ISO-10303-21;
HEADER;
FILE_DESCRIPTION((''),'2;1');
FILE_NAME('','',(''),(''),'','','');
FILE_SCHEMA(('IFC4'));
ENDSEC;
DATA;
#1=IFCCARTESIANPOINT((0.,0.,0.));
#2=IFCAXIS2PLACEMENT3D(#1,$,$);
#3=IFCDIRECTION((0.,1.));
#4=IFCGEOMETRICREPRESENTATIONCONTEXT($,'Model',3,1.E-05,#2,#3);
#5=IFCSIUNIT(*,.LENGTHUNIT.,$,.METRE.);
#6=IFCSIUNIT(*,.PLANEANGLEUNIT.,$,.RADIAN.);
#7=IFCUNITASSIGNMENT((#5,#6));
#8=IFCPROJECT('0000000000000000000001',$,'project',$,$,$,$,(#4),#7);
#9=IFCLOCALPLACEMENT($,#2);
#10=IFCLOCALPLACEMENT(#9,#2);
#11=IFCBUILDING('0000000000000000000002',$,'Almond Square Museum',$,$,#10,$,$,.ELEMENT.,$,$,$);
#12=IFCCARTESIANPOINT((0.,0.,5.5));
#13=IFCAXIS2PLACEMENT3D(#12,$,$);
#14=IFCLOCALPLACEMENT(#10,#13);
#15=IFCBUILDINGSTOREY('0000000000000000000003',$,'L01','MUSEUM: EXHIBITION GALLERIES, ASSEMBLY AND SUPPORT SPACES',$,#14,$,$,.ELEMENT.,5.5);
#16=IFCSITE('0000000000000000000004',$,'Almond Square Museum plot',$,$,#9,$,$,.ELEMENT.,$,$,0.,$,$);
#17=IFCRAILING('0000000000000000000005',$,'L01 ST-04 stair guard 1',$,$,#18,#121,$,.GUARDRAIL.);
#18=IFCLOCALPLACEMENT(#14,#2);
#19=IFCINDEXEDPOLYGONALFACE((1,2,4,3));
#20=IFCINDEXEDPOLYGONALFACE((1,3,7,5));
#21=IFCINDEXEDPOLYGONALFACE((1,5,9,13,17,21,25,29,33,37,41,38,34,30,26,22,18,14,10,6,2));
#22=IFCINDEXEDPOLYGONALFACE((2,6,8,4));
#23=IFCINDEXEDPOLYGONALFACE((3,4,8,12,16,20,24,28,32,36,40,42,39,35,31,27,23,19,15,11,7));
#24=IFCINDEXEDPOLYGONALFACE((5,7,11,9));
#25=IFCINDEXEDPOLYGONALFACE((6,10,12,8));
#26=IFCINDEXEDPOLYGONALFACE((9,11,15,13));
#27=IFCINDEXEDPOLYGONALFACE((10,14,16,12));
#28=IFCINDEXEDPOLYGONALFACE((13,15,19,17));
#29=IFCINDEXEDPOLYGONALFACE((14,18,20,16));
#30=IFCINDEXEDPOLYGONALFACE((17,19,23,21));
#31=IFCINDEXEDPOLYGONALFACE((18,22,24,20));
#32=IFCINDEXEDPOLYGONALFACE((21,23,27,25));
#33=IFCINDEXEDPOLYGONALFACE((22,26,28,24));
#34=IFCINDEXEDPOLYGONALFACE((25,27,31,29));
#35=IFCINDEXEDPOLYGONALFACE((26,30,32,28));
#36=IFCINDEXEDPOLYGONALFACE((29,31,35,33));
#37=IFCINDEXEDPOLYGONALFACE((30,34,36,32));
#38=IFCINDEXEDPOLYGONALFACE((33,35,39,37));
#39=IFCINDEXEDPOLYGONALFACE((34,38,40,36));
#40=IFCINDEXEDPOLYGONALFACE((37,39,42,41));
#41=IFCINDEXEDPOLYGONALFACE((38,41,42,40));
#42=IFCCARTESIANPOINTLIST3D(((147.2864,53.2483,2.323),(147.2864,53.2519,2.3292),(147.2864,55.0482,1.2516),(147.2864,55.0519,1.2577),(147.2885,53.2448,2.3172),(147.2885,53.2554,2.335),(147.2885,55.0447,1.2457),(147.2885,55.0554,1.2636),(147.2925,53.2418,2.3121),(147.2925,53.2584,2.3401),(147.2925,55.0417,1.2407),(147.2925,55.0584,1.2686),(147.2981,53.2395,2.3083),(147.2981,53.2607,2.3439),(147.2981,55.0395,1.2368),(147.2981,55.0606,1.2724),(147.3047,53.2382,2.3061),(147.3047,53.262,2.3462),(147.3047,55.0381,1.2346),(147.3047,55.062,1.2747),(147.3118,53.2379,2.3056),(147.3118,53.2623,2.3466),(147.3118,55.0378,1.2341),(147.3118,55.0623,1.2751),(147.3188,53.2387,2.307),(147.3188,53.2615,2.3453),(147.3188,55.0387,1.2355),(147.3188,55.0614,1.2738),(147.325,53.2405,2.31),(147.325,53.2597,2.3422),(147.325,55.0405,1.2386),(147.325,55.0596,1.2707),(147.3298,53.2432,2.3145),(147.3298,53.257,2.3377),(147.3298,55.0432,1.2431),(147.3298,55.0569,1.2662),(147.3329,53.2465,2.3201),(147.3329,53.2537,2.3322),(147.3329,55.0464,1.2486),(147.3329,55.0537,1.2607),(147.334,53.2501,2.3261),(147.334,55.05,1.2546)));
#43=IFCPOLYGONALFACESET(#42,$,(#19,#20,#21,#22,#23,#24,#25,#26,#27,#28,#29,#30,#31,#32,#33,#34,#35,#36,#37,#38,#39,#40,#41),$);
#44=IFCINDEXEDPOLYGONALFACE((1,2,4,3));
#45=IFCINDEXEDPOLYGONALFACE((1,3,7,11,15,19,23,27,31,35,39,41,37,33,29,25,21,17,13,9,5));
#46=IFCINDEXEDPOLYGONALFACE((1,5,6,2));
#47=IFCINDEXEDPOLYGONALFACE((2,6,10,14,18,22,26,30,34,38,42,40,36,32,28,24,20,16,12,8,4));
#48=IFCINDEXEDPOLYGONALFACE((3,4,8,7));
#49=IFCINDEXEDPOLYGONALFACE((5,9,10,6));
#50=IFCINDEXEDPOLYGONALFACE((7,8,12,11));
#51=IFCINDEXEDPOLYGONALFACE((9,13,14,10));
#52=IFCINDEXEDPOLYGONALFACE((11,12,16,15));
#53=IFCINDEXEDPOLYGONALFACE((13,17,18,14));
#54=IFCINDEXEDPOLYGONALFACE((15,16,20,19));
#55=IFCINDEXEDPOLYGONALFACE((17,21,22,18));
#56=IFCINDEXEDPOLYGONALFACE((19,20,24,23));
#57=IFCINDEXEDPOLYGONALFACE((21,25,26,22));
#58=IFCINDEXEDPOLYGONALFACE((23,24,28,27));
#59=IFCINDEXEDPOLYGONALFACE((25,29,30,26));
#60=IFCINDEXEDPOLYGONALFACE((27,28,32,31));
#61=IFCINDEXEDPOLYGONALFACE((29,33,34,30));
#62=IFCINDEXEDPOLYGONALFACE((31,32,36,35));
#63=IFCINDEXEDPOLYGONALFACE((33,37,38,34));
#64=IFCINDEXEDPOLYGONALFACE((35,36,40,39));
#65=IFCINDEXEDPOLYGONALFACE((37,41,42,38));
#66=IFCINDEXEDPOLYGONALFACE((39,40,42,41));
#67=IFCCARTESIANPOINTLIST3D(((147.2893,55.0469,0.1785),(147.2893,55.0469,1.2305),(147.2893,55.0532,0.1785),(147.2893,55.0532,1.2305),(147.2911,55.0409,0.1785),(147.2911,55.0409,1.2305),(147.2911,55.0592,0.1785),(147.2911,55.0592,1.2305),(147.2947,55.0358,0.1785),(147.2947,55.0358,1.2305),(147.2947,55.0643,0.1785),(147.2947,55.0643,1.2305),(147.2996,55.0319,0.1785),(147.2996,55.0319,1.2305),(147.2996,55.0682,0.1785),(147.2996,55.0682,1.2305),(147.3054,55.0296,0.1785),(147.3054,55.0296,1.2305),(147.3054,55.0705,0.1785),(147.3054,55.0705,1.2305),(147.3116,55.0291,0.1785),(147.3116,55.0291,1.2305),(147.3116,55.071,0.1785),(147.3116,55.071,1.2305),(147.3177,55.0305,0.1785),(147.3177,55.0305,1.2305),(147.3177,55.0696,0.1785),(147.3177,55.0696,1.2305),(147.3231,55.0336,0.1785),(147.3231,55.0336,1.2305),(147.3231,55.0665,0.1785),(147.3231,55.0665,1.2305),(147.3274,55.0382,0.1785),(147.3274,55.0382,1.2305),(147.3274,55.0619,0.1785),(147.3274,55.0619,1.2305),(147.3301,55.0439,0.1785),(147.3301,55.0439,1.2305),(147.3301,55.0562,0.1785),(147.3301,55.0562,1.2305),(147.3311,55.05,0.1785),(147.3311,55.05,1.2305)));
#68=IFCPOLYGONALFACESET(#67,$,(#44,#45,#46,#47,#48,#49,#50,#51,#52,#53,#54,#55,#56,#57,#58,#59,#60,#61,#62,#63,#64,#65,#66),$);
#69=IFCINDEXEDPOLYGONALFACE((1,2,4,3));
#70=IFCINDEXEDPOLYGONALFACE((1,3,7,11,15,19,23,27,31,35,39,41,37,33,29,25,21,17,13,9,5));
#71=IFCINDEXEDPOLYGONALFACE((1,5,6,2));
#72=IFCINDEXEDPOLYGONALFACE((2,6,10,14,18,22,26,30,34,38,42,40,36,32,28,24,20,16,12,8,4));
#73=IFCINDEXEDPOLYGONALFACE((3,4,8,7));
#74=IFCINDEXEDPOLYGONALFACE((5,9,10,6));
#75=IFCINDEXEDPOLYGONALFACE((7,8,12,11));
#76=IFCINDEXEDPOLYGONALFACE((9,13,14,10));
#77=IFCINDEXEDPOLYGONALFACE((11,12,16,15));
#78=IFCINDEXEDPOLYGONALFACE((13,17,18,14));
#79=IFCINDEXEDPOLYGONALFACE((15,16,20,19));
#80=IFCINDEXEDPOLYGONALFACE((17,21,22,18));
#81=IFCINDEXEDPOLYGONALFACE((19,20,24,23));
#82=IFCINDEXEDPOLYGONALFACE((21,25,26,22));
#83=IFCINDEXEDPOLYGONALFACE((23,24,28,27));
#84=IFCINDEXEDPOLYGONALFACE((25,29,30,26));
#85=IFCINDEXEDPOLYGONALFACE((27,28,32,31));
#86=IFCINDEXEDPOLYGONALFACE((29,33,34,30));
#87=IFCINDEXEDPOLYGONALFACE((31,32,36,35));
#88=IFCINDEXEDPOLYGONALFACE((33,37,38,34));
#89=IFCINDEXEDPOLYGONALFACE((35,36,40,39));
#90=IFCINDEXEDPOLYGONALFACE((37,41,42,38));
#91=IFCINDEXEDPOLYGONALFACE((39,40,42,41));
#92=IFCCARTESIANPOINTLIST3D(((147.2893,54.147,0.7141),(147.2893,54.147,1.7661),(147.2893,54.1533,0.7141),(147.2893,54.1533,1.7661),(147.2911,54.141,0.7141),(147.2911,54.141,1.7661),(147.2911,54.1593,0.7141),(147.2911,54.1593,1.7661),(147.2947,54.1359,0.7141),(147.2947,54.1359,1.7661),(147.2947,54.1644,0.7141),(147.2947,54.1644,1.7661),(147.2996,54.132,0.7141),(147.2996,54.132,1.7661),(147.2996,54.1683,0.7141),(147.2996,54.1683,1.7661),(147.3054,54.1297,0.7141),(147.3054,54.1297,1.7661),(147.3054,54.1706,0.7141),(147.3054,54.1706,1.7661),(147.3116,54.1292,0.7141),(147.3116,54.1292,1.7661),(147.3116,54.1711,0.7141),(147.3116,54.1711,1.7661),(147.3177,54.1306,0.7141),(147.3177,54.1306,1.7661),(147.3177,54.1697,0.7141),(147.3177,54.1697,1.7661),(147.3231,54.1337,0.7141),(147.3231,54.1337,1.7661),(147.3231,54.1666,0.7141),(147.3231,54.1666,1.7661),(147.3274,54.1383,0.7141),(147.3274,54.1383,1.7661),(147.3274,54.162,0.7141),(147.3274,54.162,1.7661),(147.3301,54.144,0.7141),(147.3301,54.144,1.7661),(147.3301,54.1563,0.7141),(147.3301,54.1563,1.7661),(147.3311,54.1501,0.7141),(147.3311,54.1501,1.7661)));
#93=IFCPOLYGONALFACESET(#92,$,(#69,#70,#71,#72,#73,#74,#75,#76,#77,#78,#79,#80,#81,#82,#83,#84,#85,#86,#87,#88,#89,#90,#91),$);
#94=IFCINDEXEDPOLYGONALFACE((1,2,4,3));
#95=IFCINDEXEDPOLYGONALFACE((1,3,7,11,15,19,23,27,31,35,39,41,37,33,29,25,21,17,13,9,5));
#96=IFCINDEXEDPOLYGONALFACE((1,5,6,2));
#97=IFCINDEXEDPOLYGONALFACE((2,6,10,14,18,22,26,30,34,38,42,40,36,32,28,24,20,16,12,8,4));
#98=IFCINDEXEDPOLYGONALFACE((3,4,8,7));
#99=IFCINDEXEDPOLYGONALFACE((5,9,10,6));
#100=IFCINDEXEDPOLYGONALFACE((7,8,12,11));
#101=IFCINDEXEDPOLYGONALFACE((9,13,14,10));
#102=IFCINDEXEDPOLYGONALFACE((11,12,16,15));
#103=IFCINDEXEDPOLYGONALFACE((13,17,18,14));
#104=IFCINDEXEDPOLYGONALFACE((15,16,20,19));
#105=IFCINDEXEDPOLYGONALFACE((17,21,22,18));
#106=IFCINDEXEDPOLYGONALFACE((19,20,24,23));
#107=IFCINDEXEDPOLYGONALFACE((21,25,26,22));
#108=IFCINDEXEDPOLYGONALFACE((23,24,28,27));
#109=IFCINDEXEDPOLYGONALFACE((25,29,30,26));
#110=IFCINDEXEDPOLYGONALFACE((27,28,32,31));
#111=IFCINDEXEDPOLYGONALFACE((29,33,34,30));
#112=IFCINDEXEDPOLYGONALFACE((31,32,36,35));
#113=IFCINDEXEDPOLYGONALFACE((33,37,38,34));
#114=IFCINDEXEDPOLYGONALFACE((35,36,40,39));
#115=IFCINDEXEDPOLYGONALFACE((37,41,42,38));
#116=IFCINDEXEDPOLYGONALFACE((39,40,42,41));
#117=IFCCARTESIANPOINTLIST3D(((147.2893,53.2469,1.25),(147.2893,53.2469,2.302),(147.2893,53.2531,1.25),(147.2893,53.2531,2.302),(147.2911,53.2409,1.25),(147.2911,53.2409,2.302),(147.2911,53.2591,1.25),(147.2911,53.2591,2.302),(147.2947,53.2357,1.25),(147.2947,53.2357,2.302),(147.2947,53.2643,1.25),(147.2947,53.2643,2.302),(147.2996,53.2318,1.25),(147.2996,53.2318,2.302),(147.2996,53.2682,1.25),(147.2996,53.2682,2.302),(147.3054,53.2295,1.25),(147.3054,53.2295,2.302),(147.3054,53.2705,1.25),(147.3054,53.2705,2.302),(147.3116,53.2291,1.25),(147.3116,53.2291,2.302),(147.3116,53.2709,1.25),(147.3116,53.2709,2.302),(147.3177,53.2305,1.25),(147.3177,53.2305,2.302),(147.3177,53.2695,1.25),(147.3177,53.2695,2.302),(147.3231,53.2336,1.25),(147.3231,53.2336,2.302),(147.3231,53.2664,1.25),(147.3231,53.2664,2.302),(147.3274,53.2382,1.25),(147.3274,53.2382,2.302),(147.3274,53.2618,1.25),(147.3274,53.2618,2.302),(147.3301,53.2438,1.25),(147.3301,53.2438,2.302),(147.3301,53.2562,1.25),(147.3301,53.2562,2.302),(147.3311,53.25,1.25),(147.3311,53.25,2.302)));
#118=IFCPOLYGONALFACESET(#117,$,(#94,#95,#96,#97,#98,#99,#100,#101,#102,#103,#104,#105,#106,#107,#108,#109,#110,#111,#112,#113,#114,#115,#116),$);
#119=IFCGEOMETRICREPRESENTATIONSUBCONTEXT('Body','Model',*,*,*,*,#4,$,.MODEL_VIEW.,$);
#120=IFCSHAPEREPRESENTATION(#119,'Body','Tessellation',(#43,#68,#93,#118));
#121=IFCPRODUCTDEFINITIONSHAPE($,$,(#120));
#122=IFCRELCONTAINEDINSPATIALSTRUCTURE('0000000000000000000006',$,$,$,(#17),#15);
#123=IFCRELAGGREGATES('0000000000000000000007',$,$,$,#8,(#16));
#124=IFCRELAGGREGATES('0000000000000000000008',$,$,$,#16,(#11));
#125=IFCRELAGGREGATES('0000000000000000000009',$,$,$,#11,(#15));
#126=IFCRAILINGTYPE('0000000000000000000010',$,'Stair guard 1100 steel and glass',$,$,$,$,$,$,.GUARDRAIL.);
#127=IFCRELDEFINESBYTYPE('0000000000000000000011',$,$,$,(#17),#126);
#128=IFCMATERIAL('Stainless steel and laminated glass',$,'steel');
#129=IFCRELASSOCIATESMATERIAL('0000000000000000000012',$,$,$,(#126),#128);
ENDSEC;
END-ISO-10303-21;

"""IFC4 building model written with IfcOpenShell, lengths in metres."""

from ifc_helpers import new_model, si_unit, direction, frame, origin, origin_2d, place, context, subcontext, project, spatial, circle, extrude, material, type_object, element, save


model = new_model("IFC4")

# Units and contexts
model_context = context("Model", 3, precision=1e-05, world=origin(), true_north=direction((0.0, 1.0)))
body_context = subcontext(model_context, "Body", "Model", "MODEL_VIEW")
ifc_project = project(units=[si_unit("LENGTHUNIT", "METRE"), si_unit("PLANEANGLEUNIT", "RADIAN")], contexts=[model_context])

# Site, building, storey
site_placement = place(None, origin())
site = spatial("IfcSite", under=ifc_project, at=site_placement, Name="Almond Square Museum plot", CompositionType="ELEMENT", RefElevation=0.0)
building_placement = place(site_placement, origin())
building = spatial("IfcBuilding", under=site, at=building_placement, Name="Almond Square Museum", CompositionType="ELEMENT")
storey_placement = place(building_placement, frame((0.0, 0.0, 5.5)))
storey = spatial("IfcBuildingStorey", under=building, at=storey_placement, Name="L01", Description="MUSEUM: EXHIBITION GALLERIES, ASSEMBLY AND SUPPORT SPACES", CompositionType="ELEMENT", Elevation=5.5)

# Railing
ifc_material_1 = material(Name="Stainless steel and laminated glass", Category="steel")
railing_type_1 = type_object("IfcRailingType", Name="Stair guard 1100 steel and glass", PredefinedType="GUARDRAIL", material=ifc_material_1)
railing_1_placement = place(storey_placement, frame((147.3101, 55.05, 0.1785)))
element("IfcRailing", 1, at=railing_1_placement, inside=storey, type_object=railing_type_1, Name="L01 ST-04 stair guard 1", PredefinedType="GUARDRAIL", context=body_context, shape_type="SweptSolid", body=[
    extrude(circle(Radius=0.0239, at=origin_2d()), frame((0.0, 0.0, 1.0762), z_axis=(0.0, -0.859277, 0.51151), x_axis=(1.0, 0.0, 0.0)), (0.0, 0.0, 1.0), 2.0947),
    extrude(circle(Radius=0.021, at=origin_2d()), origin(), (0.0, 0.0, 1.0), 1.052),
    extrude(circle(Radius=0.021, at=origin_2d()), frame((0.0, -0.8999, 0.5356)), (0.0, 0.0, 1.0), 1.052),
    extrude(circle(Radius=0.021, at=origin_2d()), frame((0.0, -1.8, 1.0715)), (0.0, 0.0, 1.0), 1.052),
])

save(model, "model.ifc")
